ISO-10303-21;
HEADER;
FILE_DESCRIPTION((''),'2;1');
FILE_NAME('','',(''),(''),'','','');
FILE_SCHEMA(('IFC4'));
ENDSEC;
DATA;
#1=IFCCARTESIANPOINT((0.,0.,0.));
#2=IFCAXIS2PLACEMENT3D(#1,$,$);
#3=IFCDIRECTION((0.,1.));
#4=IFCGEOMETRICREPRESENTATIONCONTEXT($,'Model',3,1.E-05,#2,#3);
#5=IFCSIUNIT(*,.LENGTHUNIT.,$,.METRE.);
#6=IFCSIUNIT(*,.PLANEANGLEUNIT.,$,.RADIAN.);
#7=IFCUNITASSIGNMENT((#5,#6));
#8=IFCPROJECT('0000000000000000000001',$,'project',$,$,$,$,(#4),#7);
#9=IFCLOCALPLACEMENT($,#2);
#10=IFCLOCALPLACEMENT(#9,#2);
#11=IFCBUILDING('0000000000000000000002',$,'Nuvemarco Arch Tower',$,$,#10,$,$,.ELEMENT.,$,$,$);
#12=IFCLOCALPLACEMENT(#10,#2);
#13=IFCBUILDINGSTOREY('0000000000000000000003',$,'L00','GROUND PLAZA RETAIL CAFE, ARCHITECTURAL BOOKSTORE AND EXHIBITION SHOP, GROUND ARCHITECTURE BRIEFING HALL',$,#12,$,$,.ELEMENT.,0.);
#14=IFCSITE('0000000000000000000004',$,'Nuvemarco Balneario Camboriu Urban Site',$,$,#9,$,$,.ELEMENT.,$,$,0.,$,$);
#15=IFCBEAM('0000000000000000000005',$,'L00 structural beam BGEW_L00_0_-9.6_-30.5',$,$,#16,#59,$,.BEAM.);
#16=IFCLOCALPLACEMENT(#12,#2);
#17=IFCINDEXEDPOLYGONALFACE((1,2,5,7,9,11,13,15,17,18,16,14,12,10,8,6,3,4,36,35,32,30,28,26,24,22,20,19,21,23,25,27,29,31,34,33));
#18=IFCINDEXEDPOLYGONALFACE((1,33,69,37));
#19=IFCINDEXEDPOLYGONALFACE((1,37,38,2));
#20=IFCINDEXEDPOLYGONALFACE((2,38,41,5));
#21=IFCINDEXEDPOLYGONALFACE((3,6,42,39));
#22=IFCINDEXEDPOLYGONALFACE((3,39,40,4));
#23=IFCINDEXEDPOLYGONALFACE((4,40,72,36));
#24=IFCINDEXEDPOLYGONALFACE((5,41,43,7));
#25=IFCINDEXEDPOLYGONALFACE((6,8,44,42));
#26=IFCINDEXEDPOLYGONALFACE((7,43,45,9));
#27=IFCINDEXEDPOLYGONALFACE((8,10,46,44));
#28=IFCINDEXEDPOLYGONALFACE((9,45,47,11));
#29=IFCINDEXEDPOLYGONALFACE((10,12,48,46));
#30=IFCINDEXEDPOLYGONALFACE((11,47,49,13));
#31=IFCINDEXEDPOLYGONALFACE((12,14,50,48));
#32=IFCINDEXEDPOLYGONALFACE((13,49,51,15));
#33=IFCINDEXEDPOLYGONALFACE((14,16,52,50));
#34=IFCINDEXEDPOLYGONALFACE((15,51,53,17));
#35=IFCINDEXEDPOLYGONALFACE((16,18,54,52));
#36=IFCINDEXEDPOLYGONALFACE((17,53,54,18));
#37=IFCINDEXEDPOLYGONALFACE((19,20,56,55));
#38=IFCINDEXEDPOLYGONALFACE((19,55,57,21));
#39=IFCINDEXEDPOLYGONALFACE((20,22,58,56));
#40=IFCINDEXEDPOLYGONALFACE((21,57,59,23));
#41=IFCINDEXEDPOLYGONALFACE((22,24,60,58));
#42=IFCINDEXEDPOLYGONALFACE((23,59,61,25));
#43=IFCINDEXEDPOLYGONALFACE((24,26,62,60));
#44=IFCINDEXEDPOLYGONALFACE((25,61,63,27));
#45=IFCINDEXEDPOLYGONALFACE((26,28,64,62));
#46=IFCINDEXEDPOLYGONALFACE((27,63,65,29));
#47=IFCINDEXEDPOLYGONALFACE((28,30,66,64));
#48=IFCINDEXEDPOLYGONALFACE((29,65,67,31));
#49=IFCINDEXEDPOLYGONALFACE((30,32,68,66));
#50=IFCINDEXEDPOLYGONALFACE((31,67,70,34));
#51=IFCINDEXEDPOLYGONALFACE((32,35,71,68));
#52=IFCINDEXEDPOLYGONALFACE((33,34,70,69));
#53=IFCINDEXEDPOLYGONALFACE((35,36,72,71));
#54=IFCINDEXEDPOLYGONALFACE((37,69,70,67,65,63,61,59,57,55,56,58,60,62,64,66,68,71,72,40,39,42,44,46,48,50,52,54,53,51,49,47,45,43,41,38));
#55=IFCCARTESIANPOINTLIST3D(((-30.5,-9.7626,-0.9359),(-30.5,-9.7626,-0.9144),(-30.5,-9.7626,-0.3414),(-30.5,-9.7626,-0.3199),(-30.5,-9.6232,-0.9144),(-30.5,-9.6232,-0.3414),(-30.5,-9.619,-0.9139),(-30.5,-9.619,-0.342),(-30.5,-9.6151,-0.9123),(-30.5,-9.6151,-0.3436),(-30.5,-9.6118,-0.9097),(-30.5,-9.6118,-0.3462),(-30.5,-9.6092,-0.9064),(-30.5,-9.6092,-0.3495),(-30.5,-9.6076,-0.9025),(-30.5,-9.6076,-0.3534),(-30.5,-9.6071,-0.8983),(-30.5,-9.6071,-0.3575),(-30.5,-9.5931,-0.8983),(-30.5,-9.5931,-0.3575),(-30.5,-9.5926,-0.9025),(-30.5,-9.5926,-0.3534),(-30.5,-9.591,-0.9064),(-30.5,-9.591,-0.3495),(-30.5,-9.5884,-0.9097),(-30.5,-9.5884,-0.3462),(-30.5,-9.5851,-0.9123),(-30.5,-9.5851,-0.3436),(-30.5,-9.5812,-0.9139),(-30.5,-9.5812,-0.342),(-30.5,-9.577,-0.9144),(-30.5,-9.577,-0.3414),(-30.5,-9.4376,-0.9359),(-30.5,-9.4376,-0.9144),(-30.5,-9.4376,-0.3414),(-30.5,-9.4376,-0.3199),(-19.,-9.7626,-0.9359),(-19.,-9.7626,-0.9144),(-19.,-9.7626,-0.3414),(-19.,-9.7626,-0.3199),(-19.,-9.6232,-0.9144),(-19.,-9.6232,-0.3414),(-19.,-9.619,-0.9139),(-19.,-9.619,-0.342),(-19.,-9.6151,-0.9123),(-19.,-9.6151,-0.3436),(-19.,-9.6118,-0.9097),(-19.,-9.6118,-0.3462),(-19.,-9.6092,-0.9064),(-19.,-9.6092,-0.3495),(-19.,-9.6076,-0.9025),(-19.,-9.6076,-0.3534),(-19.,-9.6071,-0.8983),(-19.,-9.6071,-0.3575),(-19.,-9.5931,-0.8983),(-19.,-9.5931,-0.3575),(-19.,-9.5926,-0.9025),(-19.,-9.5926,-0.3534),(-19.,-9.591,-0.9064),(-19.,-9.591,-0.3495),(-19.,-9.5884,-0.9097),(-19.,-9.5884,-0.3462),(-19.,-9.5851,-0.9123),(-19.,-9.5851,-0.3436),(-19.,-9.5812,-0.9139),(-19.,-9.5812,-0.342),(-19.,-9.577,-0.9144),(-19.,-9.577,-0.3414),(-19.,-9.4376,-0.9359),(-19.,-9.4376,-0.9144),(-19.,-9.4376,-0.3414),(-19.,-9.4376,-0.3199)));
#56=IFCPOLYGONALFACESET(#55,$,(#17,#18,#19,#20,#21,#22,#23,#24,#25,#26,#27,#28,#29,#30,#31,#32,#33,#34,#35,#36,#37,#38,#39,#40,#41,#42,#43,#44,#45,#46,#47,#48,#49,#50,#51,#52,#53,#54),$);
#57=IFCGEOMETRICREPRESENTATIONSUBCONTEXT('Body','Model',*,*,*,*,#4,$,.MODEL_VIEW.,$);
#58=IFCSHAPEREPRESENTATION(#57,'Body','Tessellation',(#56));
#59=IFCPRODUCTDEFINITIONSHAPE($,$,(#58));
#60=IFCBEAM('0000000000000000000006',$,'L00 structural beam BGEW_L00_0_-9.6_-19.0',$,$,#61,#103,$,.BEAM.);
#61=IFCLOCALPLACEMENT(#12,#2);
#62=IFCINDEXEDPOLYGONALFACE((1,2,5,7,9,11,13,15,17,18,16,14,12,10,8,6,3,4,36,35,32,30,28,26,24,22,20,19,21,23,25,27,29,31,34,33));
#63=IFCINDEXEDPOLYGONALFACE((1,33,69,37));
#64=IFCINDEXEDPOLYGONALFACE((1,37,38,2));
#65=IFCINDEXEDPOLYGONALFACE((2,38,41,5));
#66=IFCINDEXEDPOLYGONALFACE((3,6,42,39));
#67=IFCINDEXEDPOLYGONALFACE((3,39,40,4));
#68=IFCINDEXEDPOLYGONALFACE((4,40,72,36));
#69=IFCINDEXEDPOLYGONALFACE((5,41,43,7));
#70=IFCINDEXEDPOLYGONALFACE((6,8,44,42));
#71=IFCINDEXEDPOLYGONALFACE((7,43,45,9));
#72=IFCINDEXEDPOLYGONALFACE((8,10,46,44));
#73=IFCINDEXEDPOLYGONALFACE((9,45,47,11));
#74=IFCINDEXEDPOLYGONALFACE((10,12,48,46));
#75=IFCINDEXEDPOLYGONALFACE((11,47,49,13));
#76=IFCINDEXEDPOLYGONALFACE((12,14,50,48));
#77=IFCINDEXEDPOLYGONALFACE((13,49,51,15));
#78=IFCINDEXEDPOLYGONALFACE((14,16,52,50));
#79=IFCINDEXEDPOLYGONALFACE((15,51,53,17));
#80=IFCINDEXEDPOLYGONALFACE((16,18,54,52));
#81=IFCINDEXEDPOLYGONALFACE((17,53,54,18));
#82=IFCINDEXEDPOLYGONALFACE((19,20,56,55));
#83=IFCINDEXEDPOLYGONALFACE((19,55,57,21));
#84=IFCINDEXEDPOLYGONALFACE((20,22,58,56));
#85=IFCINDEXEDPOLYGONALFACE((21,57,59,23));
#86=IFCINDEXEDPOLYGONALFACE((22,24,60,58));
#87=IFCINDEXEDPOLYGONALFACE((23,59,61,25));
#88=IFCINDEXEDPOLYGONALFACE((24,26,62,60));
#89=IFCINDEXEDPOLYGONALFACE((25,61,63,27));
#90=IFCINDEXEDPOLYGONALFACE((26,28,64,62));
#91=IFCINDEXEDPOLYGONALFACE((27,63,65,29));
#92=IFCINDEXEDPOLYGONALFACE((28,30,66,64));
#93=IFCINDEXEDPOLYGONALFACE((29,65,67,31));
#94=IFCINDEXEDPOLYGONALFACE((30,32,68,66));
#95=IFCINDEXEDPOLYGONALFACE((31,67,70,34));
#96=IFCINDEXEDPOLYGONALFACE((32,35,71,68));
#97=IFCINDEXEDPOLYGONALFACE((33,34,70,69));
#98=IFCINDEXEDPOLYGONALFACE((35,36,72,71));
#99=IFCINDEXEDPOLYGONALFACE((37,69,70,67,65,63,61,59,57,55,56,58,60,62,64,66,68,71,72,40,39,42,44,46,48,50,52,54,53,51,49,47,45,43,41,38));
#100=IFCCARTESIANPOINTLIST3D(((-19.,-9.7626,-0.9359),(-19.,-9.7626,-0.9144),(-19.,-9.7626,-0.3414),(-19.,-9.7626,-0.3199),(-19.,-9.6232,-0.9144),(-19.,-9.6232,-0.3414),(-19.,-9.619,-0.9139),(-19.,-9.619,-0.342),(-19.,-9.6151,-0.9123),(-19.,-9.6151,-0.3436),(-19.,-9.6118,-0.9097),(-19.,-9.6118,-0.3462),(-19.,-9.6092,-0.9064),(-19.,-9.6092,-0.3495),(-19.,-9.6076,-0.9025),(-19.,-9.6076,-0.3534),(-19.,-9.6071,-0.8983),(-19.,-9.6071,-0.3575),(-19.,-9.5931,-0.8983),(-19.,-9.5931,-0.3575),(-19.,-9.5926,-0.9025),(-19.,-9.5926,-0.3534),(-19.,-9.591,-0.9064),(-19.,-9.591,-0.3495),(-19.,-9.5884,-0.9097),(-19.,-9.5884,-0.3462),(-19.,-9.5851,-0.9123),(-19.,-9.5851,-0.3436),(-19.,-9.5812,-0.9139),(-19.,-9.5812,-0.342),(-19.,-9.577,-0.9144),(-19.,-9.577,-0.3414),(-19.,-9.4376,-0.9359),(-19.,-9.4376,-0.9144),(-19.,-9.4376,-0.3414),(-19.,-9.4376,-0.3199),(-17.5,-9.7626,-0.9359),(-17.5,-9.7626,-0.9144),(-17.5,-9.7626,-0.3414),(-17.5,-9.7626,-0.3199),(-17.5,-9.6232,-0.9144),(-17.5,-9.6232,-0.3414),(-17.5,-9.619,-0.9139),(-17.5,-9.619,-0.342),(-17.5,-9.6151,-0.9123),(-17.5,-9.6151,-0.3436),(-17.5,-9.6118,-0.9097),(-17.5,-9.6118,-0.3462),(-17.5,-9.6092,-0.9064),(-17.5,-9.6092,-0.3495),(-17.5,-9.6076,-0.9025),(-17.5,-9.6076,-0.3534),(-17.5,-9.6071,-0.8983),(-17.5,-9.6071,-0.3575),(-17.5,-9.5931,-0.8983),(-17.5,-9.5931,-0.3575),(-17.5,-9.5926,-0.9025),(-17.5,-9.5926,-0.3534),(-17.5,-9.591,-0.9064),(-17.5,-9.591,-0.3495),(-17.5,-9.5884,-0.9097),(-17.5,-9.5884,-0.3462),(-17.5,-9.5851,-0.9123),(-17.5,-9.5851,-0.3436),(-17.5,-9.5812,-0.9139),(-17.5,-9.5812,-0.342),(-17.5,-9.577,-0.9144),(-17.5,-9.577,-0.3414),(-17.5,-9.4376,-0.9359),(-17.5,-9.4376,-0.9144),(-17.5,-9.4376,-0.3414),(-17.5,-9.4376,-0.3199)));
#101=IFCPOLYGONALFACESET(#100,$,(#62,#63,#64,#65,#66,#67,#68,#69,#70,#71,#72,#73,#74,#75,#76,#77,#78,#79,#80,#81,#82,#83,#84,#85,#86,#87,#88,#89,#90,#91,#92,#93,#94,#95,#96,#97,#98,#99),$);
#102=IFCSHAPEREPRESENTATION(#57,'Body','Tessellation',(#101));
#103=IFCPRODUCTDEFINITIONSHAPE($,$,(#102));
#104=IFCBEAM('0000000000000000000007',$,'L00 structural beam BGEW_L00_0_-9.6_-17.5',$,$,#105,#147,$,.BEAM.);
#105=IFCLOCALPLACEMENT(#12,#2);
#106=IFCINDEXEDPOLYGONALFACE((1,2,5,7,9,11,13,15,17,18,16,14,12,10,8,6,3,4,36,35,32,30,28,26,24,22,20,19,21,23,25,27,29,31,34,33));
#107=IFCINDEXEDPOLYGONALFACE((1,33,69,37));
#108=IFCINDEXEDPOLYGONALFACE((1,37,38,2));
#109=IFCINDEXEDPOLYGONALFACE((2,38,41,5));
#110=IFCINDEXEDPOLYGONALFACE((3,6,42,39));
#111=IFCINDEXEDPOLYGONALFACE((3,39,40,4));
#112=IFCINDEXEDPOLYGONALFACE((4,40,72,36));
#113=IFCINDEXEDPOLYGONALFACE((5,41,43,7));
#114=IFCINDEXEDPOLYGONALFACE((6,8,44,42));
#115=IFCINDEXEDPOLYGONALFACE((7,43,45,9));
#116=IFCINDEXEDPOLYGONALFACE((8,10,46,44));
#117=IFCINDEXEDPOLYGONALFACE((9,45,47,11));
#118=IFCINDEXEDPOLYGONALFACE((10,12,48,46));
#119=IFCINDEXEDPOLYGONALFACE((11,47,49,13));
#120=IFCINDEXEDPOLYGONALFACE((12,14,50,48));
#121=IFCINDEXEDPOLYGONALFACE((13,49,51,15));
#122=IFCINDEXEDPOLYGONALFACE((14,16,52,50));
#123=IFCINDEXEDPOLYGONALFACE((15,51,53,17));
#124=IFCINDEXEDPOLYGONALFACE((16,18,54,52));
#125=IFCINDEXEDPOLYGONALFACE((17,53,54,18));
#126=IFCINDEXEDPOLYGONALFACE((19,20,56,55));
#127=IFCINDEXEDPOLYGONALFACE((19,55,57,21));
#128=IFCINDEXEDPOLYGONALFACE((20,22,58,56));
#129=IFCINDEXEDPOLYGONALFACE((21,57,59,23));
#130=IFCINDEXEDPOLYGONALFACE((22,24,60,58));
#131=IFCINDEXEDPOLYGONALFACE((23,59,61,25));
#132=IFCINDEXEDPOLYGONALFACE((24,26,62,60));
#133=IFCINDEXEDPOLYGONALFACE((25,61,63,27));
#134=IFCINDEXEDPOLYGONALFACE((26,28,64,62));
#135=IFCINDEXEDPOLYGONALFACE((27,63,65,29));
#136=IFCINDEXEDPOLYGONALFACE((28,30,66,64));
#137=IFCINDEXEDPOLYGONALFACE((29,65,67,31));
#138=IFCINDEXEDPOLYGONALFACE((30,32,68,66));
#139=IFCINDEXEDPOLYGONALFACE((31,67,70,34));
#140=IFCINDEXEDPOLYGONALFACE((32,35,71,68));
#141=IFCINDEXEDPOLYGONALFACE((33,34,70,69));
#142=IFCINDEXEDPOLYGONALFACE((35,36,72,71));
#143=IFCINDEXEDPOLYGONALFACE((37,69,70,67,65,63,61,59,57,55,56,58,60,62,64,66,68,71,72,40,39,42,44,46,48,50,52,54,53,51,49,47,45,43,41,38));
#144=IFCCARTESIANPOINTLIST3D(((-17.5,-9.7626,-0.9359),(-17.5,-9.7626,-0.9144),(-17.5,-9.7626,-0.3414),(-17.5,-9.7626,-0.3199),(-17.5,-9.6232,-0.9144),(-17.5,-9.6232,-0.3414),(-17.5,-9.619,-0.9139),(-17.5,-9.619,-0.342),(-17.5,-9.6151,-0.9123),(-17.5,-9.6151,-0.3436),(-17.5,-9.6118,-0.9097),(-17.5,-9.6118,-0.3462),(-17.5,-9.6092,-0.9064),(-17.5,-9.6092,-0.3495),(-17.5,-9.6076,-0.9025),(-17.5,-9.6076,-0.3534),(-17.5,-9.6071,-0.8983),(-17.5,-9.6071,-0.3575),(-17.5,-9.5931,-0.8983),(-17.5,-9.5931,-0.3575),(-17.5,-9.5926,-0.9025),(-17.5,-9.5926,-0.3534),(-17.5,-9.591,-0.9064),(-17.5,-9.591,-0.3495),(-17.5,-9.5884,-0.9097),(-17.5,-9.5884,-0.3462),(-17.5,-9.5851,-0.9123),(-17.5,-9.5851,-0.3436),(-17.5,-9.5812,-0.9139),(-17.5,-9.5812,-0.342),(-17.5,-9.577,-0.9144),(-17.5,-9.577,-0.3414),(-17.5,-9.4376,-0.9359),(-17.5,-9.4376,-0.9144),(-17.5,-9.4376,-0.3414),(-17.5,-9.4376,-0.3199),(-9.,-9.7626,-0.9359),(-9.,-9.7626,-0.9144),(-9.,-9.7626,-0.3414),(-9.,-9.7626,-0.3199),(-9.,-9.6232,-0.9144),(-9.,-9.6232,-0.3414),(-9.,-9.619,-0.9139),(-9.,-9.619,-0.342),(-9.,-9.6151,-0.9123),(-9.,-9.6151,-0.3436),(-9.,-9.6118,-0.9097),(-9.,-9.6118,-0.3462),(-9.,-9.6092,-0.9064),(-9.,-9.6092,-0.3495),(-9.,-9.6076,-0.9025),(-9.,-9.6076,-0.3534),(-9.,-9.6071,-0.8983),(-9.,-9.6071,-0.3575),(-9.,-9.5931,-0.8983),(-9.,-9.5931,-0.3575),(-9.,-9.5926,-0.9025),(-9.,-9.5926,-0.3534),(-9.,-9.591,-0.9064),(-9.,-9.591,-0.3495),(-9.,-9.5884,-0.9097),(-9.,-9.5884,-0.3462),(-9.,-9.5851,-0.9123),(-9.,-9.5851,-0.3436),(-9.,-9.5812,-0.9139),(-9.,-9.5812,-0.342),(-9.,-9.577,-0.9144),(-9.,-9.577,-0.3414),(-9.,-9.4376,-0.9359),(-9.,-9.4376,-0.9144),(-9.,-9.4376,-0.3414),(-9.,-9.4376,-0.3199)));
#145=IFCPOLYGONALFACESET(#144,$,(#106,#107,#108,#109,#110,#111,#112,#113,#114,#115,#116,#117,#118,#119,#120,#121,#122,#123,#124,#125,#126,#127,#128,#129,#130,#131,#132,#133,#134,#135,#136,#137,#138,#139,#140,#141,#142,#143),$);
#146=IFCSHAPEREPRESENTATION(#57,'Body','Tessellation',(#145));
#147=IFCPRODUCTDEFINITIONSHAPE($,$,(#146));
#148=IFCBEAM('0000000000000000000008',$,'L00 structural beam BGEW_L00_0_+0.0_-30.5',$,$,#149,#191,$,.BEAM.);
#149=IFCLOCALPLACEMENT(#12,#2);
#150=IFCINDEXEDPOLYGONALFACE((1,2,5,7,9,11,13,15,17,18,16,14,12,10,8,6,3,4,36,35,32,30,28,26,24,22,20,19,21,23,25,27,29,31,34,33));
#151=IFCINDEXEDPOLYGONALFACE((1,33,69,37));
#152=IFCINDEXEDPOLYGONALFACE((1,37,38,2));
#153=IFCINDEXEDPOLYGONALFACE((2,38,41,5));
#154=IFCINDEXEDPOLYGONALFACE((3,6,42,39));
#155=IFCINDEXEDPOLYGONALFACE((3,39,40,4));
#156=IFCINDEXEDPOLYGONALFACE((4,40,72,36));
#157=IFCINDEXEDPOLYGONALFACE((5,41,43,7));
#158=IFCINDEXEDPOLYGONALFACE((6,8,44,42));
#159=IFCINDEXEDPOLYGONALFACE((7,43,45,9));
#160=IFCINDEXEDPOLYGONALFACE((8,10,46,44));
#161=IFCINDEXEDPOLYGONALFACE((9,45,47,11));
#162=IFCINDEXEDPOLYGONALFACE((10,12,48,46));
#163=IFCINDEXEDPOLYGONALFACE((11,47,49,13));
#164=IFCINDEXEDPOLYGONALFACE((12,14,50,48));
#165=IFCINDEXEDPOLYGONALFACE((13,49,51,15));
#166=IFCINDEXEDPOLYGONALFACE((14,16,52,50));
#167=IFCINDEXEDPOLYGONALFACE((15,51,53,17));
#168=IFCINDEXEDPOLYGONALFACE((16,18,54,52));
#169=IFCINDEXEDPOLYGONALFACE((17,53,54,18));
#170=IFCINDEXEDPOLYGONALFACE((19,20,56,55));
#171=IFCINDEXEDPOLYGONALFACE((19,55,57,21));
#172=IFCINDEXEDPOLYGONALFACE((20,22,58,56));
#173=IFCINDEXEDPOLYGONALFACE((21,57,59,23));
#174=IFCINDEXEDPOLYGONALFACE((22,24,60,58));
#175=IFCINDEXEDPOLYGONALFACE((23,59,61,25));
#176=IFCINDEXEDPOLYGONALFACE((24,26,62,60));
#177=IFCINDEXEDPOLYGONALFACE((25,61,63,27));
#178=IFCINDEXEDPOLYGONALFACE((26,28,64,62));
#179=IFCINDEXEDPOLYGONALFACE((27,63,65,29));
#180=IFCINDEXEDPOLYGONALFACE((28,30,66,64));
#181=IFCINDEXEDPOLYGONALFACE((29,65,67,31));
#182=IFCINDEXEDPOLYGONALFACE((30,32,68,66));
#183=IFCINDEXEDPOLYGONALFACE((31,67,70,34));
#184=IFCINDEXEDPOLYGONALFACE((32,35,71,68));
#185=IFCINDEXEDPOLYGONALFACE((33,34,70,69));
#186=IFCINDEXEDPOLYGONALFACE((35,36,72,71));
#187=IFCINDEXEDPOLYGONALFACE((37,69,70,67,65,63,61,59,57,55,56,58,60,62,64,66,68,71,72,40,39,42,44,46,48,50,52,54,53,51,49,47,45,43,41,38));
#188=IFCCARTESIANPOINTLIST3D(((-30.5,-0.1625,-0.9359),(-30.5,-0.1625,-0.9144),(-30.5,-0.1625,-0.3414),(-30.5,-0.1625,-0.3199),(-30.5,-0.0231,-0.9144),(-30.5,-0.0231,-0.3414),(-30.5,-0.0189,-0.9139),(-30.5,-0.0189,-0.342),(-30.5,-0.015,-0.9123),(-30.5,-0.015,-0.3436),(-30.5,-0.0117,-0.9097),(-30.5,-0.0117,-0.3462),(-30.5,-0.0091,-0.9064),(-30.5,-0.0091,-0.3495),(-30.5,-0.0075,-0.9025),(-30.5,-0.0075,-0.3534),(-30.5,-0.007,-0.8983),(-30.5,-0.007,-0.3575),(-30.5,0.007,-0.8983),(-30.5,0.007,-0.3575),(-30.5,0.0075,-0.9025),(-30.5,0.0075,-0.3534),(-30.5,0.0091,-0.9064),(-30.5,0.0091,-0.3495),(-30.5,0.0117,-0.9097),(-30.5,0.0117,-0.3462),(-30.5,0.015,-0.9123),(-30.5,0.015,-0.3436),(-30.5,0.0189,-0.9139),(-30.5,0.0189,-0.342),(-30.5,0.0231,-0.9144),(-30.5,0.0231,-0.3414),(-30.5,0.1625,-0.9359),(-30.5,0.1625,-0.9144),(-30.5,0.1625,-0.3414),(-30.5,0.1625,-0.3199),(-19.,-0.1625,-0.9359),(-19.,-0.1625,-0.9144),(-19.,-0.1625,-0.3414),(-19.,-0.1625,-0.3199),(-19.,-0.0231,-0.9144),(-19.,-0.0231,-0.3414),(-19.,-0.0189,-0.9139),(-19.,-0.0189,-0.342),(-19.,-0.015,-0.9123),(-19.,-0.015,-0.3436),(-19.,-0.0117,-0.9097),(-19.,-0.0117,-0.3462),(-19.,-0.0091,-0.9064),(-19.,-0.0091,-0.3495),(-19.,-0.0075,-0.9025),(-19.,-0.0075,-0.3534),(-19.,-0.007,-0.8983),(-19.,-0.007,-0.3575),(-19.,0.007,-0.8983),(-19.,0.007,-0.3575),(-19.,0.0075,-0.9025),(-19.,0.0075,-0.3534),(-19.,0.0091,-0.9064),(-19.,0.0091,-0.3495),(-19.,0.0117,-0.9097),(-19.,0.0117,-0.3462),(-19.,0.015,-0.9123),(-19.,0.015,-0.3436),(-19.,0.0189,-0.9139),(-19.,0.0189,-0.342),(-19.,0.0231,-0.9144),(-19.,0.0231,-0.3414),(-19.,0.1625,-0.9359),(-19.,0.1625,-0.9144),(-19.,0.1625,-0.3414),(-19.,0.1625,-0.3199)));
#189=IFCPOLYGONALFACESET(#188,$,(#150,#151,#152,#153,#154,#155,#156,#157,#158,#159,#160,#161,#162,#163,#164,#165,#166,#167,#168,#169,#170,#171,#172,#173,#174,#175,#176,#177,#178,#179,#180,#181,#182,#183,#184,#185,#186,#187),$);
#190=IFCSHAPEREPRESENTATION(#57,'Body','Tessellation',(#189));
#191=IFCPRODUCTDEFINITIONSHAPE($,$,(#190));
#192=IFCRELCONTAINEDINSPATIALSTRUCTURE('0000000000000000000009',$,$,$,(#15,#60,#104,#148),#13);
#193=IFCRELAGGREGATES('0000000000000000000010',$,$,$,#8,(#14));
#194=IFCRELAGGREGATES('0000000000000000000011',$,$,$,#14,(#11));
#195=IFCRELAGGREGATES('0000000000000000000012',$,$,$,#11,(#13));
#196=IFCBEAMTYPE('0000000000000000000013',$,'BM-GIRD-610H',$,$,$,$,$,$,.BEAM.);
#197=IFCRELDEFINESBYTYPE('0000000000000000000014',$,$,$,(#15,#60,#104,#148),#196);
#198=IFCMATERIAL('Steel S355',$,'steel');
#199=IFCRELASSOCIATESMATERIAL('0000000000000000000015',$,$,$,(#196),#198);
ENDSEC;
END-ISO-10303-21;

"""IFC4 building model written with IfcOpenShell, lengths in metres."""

from ifc_helpers import new_model, si_unit, direction, frame, origin, origin_2d, place, context, subcontext, project, spatial, i_section, extrude, material, material_profile, profile_set, type_object, element, save


model = new_model("IFC4")

# Units and contexts
model_context = context("Model", 3, precision=1e-05, world=origin(), true_north=direction((0.0, 1.0)))
body_context = subcontext(model_context, "Body", "Model", "MODEL_VIEW")
ifc_project = project(units=[si_unit("LENGTHUNIT", "METRE"), si_unit("PLANEANGLEUNIT", "RADIAN")], contexts=[model_context])

# Site, building, storey
site_placement = place(None, origin())
site = spatial("IfcSite", under=ifc_project, at=site_placement, Name="Nuvemarco Balneario Camboriu Urban Site", CompositionType="ELEMENT", RefElevation=0.0)
building_placement = place(site_placement, origin())
building = spatial("IfcBuilding", under=site, at=building_placement, Name="Nuvemarco Arch Tower", CompositionType="ELEMENT")
storey_placement = place(building_placement, origin())
storey = spatial("IfcBuildingStorey", under=building, at=storey_placement, Name="L00", Description="GROUND PLAZA RETAIL CAFE, ARCHITECTURAL BOOKSTORE AND EXHIBITION SHOP, GROUND ARCHITECTURE BRIEFING HALL", CompositionType="ELEMENT", Elevation=0.0)

# Beams
ifc_material_1 = material(Name="Steel S355", Category="steel")
ifc_material_profile_1 = material_profile(ifc_material_1, i_section(OverallWidth=0.325, OverallDepth=0.616, WebThickness=0.0139, FlangeThickness=0.0215, FilletRadius=0.0161, at=origin_2d()), Name="W610x174")
ifc_profile_set_1 = profile_set([ifc_material_profile_1], Name="Steel S355")
beam_type_1 = type_object("IfcBeamType", Name="BM-GIRD-610H", PredefinedType="BEAM", material=ifc_profile_set_1)
beam_1_placement = place(storey_placement, frame((-30.5, -9.6001, -0.6279), z_axis=(1.0, 0.0, 0.0), x_axis=(0.0, 1.0, 0.0)))
element("IfcBeam", 1, at=beam_1_placement, inside=storey, type_object=beam_type_1, Name="L00 structural beam BGEW_L00_0_-9.6_-30.5", PredefinedType="BEAM", context=body_context, shape_type="SweptSolid", body=[
    extrude(i_section(OverallWidth=0.325, OverallDepth=0.616, WebThickness=0.0139, FlangeThickness=0.0215, FilletRadius=0.0161, at=origin_2d()), origin(), (0.0, 0.0, 1.0), 11.5),
])
beam_2_placement = place(storey_placement, frame((-19.0, -9.6001, -0.6279), z_axis=(1.0, 0.0, 0.0), x_axis=(0.0, 1.0, 0.0)))
element("IfcBeam", 2, at=beam_2_placement, inside=storey, type_object=beam_type_1, Name="L00 structural beam BGEW_L00_0_-9.6_-19.0", PredefinedType="BEAM", context=body_context, shape_type="SweptSolid", body=[
    extrude(i_section(OverallWidth=0.325, OverallDepth=0.616, WebThickness=0.0139, FlangeThickness=0.0215, FilletRadius=0.0161, at=origin_2d()), origin(), (0.0, 0.0, 1.0), 1.5),
])
beam_3_placement = place(storey_placement, frame((-17.5, -9.6001, -0.6279), z_axis=(1.0, 0.0, 0.0), x_axis=(0.0, 1.0, 0.0)))
element("IfcBeam", 3, at=beam_3_placement, inside=storey, type_object=beam_type_1, Name="L00 structural beam BGEW_L00_0_-9.6_-17.5", PredefinedType="BEAM", context=body_context, shape_type="SweptSolid", body=[
    extrude(i_section(OverallWidth=0.325, OverallDepth=0.616, WebThickness=0.0139, FlangeThickness=0.0215, FilletRadius=0.0161, at=origin_2d()), origin(), (0.0, 0.0, 1.0), 8.5),
])
beam_4_placement = place(storey_placement, frame((-30.5, 0.0, -0.6279), z_axis=(1.0, 0.0, 0.0), x_axis=(0.0, 1.0, 0.0)))
element("IfcBeam", 4, at=beam_4_placement, inside=storey, type_object=beam_type_1, Name="L00 structural beam BGEW_L00_0_+0.0_-30.5", PredefinedType="BEAM", context=body_context, shape_type="SweptSolid", body=[
    extrude(i_section(OverallWidth=0.325, OverallDepth=0.616, WebThickness=0.0139, FlangeThickness=0.0215, FilletRadius=0.0161, at=origin_2d()), origin(), (0.0, 0.0, 1.0), 11.5),
])

save(model, "model.ifc")
